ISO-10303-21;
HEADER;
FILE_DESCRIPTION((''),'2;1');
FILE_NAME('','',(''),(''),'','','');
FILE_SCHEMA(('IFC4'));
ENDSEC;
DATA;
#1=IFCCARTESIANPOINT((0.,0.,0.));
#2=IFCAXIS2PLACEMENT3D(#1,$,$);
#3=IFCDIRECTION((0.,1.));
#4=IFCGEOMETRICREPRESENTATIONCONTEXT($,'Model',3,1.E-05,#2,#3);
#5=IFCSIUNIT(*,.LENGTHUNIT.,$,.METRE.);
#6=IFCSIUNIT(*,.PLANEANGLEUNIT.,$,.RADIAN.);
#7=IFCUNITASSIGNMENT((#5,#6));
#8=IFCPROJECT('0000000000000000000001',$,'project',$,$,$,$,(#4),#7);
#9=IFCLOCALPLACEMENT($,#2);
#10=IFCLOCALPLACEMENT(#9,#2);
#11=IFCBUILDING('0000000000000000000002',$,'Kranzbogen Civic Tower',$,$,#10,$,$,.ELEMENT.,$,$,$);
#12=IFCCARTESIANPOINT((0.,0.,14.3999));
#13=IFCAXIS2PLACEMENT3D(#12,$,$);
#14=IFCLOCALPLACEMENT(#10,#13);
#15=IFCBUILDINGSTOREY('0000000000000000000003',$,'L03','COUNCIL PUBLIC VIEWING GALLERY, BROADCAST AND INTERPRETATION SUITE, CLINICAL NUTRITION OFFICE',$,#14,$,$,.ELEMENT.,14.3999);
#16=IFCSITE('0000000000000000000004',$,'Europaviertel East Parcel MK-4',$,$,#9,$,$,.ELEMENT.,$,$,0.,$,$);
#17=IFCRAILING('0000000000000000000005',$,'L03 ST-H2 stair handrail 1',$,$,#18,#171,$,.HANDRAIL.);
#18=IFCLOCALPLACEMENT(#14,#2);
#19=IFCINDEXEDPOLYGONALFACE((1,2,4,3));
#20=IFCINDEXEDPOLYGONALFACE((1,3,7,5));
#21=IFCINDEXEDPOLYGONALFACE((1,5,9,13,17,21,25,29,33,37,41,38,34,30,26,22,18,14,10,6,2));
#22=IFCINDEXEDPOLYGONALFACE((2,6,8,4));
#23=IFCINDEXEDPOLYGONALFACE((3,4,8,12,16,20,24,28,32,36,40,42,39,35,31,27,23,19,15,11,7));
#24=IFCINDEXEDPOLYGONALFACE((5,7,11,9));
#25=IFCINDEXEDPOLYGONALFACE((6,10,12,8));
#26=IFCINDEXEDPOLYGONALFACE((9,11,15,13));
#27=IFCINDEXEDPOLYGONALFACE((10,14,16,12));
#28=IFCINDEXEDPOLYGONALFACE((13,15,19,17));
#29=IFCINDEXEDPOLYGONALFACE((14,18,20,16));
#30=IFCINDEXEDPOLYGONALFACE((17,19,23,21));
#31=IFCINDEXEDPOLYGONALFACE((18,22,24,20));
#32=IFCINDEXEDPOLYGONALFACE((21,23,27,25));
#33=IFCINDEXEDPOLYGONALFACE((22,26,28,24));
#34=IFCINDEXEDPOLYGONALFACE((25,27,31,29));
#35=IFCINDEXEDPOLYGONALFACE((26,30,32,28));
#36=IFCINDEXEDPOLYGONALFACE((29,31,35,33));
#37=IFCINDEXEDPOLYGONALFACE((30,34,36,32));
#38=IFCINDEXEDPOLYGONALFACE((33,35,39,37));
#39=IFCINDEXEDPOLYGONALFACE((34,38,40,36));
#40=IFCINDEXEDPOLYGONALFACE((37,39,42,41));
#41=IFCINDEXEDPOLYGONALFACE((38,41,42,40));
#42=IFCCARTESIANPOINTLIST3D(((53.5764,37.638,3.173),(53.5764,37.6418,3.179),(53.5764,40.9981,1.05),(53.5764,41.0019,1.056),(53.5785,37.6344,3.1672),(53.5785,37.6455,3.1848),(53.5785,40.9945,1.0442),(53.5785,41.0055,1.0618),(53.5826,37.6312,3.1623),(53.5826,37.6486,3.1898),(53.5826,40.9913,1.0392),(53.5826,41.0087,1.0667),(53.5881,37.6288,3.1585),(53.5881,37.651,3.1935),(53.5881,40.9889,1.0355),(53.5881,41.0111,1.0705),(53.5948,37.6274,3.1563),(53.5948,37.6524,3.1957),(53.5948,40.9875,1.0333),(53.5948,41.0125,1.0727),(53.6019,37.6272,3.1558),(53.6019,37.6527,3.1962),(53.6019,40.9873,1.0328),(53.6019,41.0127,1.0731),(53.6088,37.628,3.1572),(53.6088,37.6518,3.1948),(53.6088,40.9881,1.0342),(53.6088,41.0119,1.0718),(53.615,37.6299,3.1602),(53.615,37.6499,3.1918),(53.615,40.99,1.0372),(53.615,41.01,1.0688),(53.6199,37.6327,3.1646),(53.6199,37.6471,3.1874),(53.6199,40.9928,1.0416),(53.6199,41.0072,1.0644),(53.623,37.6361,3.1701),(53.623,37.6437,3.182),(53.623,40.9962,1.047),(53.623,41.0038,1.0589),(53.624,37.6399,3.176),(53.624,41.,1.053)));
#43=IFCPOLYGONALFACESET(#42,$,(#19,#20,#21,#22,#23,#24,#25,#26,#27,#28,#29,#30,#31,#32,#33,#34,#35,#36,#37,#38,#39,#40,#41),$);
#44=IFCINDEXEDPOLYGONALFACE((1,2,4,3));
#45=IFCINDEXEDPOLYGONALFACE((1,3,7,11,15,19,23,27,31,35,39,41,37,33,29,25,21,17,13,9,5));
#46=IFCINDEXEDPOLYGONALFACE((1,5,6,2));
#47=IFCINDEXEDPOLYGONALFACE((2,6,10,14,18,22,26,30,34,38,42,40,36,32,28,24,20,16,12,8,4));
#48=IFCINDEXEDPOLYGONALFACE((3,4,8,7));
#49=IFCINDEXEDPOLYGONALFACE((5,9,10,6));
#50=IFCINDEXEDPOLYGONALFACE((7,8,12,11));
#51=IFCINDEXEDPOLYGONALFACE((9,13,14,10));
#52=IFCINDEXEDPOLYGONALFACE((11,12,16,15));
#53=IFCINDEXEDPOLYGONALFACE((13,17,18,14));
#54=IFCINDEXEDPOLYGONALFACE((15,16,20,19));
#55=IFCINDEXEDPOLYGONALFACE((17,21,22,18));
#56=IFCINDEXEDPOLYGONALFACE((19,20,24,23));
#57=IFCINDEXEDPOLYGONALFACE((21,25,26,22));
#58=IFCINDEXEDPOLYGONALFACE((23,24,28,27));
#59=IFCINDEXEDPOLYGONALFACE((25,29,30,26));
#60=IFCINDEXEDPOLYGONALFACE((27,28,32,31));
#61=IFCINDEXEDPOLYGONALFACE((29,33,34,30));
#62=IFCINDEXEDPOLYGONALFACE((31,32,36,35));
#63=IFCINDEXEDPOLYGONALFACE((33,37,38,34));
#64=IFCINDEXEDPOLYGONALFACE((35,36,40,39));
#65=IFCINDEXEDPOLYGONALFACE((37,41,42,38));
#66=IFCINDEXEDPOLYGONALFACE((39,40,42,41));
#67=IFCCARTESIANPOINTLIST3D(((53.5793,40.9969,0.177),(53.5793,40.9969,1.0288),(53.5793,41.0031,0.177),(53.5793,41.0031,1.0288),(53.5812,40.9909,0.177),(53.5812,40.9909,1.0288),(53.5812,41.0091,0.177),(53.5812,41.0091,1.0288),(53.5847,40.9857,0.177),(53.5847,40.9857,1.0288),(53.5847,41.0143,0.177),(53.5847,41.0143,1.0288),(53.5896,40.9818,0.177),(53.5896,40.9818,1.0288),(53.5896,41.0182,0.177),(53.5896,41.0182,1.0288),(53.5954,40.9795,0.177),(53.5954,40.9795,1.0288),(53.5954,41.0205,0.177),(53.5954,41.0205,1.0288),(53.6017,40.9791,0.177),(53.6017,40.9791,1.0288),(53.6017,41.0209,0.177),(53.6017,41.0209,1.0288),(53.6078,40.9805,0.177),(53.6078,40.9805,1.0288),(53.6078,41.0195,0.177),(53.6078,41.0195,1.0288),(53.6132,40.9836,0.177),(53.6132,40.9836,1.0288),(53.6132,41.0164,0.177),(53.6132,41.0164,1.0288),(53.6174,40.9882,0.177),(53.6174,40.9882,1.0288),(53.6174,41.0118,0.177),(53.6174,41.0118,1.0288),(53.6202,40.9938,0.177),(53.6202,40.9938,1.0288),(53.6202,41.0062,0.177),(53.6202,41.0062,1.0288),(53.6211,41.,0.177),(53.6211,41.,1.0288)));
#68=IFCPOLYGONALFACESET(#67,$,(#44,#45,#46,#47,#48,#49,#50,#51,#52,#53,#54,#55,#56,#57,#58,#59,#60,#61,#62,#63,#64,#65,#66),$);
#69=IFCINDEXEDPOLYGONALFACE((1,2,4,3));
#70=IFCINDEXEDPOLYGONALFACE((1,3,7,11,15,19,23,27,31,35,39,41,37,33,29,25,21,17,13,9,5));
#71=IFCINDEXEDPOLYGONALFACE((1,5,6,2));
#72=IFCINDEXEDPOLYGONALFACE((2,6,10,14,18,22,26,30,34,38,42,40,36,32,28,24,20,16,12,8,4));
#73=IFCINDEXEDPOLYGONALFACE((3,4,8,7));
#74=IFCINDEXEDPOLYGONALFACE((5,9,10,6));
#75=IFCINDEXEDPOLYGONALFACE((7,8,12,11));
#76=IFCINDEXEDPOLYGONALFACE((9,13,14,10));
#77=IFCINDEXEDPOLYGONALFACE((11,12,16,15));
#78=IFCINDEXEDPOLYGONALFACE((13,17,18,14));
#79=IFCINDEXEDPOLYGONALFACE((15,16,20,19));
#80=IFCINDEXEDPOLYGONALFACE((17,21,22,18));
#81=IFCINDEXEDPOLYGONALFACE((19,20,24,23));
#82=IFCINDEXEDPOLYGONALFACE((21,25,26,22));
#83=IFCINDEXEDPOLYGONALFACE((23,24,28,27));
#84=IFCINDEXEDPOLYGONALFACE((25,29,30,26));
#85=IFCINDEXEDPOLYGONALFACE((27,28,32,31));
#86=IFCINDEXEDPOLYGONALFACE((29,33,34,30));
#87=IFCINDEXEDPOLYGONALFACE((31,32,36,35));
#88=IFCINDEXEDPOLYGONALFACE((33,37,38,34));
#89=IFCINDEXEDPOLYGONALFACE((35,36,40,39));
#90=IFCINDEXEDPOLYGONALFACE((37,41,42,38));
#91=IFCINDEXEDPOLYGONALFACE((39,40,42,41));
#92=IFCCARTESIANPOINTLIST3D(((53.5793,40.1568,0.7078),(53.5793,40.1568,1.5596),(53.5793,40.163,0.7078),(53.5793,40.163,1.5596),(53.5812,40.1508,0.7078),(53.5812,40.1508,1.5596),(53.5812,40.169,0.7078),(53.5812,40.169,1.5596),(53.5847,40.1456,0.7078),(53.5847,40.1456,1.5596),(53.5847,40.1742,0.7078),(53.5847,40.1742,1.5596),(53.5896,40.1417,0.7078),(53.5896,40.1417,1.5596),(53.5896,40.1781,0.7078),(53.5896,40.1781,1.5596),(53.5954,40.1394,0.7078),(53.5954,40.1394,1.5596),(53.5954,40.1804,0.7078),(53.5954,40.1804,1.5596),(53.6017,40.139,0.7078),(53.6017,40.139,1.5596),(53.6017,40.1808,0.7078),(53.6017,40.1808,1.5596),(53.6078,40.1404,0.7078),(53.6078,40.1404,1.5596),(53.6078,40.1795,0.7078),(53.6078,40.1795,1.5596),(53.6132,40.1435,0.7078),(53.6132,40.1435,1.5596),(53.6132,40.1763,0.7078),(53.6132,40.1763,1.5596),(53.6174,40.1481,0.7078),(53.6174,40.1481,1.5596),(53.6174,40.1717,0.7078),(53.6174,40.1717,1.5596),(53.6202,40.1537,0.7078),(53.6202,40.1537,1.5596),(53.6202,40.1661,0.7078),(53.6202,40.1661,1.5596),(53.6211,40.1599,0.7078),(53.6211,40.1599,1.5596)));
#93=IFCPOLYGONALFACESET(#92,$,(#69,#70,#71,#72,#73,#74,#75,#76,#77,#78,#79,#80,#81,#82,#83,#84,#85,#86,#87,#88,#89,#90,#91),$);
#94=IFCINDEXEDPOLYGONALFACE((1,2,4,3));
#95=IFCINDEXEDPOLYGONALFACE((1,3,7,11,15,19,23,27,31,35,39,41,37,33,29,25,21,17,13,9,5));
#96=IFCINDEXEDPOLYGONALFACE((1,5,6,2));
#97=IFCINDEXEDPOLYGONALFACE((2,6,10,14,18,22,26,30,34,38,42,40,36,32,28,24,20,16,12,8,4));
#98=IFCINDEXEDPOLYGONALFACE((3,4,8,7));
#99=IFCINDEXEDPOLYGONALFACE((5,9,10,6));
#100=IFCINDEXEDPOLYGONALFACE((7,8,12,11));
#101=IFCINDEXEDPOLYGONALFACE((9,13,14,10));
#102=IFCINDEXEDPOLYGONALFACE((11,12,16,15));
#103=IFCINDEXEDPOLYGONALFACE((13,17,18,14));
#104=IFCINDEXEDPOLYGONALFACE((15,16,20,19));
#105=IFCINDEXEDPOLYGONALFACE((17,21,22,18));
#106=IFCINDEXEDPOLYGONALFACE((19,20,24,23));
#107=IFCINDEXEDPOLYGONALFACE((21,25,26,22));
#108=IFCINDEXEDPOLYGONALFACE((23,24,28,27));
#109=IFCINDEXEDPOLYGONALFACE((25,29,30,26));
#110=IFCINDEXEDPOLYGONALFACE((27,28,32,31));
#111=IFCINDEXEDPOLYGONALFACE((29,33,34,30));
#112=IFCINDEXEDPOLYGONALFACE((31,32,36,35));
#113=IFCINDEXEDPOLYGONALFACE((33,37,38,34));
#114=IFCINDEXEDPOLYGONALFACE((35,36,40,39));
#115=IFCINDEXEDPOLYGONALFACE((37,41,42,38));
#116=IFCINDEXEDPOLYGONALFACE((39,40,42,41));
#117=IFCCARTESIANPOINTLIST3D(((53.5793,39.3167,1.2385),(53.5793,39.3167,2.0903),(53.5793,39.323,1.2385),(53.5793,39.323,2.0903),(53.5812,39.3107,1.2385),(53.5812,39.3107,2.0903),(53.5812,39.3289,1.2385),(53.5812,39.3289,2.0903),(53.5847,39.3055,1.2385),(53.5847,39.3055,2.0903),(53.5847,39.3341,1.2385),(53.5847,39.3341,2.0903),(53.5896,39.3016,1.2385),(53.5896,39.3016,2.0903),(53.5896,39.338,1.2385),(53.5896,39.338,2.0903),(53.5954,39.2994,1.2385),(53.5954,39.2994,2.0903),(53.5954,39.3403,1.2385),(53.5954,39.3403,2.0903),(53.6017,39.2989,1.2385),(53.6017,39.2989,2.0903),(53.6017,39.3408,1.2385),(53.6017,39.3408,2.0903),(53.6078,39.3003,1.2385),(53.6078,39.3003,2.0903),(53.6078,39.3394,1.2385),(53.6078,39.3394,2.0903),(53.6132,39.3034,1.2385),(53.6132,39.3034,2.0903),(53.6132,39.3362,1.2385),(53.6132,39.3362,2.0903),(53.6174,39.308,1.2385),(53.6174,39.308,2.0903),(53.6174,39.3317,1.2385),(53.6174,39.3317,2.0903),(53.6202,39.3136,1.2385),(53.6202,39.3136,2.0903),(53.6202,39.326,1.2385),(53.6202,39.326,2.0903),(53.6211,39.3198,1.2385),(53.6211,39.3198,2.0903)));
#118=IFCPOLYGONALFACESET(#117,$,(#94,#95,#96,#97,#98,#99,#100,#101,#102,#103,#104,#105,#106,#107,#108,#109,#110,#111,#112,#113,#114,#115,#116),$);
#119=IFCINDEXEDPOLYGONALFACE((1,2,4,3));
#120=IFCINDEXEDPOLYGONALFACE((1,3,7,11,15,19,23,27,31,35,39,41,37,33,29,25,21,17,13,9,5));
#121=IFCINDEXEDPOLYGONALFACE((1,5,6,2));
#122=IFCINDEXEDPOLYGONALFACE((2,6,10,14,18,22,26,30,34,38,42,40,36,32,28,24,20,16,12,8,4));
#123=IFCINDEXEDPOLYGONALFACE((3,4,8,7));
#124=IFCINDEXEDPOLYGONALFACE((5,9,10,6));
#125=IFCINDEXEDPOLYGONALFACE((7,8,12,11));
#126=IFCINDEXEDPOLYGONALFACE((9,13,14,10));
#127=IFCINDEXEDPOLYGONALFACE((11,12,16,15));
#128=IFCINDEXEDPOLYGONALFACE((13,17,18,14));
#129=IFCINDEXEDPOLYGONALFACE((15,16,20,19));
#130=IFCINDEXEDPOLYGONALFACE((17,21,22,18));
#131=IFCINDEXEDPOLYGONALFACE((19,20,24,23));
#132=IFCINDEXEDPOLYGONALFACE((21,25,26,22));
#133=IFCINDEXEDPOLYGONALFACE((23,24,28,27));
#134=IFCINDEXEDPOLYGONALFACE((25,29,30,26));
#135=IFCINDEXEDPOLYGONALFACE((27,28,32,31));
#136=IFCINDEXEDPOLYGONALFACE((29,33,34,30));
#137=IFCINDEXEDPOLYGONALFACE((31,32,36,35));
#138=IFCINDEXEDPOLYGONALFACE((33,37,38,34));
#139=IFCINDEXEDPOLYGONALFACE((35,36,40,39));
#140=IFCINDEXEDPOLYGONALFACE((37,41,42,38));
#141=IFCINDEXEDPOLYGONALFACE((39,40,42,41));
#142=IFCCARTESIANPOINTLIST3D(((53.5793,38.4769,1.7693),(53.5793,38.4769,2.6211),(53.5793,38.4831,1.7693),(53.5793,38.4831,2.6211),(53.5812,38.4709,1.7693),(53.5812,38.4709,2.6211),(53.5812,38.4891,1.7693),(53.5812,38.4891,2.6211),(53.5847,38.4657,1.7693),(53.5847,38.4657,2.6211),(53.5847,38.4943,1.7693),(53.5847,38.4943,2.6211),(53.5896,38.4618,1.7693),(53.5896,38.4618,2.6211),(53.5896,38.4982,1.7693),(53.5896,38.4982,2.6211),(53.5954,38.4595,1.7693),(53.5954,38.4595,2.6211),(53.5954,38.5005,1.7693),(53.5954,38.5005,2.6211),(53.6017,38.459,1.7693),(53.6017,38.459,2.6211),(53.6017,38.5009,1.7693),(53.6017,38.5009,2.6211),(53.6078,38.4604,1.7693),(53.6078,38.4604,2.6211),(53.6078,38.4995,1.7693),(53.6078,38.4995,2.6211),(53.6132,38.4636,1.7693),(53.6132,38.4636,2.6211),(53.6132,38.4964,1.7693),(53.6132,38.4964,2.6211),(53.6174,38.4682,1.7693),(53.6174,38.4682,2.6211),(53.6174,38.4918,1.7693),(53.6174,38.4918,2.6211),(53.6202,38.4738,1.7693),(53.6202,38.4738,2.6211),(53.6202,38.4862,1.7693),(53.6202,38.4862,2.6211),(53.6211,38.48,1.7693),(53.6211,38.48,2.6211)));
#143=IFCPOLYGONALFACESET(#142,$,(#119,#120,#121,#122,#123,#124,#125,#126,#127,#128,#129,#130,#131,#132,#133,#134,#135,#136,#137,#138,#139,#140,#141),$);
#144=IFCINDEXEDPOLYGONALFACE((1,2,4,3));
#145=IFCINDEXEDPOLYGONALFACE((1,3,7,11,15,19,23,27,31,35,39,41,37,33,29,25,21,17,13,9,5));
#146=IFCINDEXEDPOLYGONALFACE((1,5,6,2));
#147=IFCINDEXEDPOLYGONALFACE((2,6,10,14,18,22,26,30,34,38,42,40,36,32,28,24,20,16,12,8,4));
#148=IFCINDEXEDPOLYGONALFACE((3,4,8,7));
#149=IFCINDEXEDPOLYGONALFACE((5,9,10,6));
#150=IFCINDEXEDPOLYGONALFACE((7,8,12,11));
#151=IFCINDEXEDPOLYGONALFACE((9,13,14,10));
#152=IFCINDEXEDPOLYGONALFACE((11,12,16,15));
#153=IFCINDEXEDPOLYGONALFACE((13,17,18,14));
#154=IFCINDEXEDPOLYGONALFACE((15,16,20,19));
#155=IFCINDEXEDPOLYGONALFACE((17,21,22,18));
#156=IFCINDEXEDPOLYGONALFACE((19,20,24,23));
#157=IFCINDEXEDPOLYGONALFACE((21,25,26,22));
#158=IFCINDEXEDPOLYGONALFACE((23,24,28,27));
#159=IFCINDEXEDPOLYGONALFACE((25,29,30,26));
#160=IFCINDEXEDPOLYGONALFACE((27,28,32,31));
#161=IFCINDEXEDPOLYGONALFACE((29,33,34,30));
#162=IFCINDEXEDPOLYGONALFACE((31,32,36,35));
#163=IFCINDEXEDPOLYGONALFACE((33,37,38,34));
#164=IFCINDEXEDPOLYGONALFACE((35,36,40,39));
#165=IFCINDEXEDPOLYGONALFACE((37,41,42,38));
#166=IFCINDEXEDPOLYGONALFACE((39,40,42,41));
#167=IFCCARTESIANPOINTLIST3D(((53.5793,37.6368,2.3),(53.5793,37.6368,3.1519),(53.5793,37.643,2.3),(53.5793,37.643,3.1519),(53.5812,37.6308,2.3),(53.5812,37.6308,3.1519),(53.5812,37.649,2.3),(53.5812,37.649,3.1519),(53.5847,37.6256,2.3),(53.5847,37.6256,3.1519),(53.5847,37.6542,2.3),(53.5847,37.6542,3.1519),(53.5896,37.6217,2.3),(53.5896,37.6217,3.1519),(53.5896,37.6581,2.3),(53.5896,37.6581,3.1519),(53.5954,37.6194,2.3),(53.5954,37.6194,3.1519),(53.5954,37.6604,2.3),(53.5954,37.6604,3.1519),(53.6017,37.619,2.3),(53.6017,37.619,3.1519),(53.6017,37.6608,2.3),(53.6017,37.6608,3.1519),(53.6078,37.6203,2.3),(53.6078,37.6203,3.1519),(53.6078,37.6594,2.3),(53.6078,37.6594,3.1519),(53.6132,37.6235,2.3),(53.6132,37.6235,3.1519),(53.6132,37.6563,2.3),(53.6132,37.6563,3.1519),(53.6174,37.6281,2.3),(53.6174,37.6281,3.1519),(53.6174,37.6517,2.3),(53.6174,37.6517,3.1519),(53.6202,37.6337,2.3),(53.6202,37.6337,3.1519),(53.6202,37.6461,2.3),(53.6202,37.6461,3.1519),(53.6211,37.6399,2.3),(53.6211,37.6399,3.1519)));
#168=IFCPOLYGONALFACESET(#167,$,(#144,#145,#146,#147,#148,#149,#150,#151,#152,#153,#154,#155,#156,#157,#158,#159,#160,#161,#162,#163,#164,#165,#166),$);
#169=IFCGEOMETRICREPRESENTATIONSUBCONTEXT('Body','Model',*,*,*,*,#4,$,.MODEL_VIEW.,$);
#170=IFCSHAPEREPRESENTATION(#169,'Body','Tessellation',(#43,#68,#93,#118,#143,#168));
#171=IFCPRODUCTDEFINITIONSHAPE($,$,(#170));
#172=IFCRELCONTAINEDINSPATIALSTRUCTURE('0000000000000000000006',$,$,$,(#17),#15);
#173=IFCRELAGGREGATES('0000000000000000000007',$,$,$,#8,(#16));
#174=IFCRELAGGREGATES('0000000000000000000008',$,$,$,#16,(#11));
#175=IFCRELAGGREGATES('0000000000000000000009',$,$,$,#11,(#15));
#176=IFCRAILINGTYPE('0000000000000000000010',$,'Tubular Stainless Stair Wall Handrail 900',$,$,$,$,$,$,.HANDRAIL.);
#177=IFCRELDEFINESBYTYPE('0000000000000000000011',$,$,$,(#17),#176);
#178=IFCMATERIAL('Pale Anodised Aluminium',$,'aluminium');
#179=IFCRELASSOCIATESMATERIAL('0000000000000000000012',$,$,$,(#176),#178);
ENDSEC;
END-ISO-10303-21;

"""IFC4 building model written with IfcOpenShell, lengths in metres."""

from ifc_helpers import new_model, si_unit, direction, frame, origin, origin_2d, place, context, subcontext, project, spatial, circle, extrude, material, type_object, element, save


model = new_model("IFC4")

# Units and contexts
model_context = context("Model", 3, precision=1e-05, world=origin(), true_north=direction((0.0, 1.0)))
body_context = subcontext(model_context, "Body", "Model", "MODEL_VIEW")
ifc_project = project(units=[si_unit("LENGTHUNIT", "METRE"), si_unit("PLANEANGLEUNIT", "RADIAN")], contexts=[model_context])

# Site, building, storey
site_placement = place(None, origin())
site = spatial("IfcSite", under=ifc_project, at=site_placement, Name="Europaviertel East Parcel MK-4", CompositionType="ELEMENT", RefElevation=0.0)
building_placement = place(site_placement, origin())
building = spatial("IfcBuilding", under=site, at=building_placement, Name="Kranzbogen Civic Tower", CompositionType="ELEMENT")
storey_placement = place(building_placement, frame((0.0, 0.0, 14.3999)))
storey = spatial("IfcBuildingStorey", under=building, at=storey_placement, Name="L03", Description="COUNCIL PUBLIC VIEWING GALLERY, BROADCAST AND INTERPRETATION SUITE, CLINICAL NUTRITION OFFICE", CompositionType="ELEMENT", Elevation=14.3999)

# Shared definitions
ifc_material_1 = material(Name="Pale Anodised Aluminium", Category="aluminium")

# Railing
railing_type_1 = type_object("IfcRailingType", Name="Tubular Stainless Stair Wall Handrail 900", PredefinedType="HANDRAIL", material=ifc_material_1)
railing_1_placement = place(storey_placement, frame((53.6001, 41.0, 0.177)))
element("IfcRailing", 1, at=railing_1_placement, inside=storey, type_object=railing_type_1, Name="L03 ST-H2 stair handrail 1", PredefinedType="HANDRAIL", context=body_context, shape_type="SweptSolid", body=[
    extrude(circle(Radius=0.0239, at=origin_2d()), frame((0.0, 0.0, 0.876), z_axis=(0.0, -0.84539, 0.53415), x_axis=(1.0, 0.0, 0.0)), (0.0, 0.0, 1.0), 3.9746),
    extrude(circle(Radius=0.021, at=origin_2d()), origin(), (0.0, 0.0, 1.0), 0.8518),
    extrude(circle(Radius=0.021, at=origin_2d()), frame((0.0, -0.8401, 0.5308)), (0.0, 0.0, 1.0), 0.8518),
    extrude(circle(Radius=0.021, at=origin_2d()), frame((0.0, -1.6802, 1.0615)), (0.0, 0.0, 1.0), 0.8518),
    extrude(circle(Radius=0.021, at=origin_2d()), frame((0.0, -2.52, 1.5923)), (0.0, 0.0, 1.0), 0.8518),
    extrude(circle(Radius=0.021, at=origin_2d()), frame((0.0, -3.3601, 2.123)), (0.0, 0.0, 1.0), 0.8518),
])

save(model, "model.ifc")
